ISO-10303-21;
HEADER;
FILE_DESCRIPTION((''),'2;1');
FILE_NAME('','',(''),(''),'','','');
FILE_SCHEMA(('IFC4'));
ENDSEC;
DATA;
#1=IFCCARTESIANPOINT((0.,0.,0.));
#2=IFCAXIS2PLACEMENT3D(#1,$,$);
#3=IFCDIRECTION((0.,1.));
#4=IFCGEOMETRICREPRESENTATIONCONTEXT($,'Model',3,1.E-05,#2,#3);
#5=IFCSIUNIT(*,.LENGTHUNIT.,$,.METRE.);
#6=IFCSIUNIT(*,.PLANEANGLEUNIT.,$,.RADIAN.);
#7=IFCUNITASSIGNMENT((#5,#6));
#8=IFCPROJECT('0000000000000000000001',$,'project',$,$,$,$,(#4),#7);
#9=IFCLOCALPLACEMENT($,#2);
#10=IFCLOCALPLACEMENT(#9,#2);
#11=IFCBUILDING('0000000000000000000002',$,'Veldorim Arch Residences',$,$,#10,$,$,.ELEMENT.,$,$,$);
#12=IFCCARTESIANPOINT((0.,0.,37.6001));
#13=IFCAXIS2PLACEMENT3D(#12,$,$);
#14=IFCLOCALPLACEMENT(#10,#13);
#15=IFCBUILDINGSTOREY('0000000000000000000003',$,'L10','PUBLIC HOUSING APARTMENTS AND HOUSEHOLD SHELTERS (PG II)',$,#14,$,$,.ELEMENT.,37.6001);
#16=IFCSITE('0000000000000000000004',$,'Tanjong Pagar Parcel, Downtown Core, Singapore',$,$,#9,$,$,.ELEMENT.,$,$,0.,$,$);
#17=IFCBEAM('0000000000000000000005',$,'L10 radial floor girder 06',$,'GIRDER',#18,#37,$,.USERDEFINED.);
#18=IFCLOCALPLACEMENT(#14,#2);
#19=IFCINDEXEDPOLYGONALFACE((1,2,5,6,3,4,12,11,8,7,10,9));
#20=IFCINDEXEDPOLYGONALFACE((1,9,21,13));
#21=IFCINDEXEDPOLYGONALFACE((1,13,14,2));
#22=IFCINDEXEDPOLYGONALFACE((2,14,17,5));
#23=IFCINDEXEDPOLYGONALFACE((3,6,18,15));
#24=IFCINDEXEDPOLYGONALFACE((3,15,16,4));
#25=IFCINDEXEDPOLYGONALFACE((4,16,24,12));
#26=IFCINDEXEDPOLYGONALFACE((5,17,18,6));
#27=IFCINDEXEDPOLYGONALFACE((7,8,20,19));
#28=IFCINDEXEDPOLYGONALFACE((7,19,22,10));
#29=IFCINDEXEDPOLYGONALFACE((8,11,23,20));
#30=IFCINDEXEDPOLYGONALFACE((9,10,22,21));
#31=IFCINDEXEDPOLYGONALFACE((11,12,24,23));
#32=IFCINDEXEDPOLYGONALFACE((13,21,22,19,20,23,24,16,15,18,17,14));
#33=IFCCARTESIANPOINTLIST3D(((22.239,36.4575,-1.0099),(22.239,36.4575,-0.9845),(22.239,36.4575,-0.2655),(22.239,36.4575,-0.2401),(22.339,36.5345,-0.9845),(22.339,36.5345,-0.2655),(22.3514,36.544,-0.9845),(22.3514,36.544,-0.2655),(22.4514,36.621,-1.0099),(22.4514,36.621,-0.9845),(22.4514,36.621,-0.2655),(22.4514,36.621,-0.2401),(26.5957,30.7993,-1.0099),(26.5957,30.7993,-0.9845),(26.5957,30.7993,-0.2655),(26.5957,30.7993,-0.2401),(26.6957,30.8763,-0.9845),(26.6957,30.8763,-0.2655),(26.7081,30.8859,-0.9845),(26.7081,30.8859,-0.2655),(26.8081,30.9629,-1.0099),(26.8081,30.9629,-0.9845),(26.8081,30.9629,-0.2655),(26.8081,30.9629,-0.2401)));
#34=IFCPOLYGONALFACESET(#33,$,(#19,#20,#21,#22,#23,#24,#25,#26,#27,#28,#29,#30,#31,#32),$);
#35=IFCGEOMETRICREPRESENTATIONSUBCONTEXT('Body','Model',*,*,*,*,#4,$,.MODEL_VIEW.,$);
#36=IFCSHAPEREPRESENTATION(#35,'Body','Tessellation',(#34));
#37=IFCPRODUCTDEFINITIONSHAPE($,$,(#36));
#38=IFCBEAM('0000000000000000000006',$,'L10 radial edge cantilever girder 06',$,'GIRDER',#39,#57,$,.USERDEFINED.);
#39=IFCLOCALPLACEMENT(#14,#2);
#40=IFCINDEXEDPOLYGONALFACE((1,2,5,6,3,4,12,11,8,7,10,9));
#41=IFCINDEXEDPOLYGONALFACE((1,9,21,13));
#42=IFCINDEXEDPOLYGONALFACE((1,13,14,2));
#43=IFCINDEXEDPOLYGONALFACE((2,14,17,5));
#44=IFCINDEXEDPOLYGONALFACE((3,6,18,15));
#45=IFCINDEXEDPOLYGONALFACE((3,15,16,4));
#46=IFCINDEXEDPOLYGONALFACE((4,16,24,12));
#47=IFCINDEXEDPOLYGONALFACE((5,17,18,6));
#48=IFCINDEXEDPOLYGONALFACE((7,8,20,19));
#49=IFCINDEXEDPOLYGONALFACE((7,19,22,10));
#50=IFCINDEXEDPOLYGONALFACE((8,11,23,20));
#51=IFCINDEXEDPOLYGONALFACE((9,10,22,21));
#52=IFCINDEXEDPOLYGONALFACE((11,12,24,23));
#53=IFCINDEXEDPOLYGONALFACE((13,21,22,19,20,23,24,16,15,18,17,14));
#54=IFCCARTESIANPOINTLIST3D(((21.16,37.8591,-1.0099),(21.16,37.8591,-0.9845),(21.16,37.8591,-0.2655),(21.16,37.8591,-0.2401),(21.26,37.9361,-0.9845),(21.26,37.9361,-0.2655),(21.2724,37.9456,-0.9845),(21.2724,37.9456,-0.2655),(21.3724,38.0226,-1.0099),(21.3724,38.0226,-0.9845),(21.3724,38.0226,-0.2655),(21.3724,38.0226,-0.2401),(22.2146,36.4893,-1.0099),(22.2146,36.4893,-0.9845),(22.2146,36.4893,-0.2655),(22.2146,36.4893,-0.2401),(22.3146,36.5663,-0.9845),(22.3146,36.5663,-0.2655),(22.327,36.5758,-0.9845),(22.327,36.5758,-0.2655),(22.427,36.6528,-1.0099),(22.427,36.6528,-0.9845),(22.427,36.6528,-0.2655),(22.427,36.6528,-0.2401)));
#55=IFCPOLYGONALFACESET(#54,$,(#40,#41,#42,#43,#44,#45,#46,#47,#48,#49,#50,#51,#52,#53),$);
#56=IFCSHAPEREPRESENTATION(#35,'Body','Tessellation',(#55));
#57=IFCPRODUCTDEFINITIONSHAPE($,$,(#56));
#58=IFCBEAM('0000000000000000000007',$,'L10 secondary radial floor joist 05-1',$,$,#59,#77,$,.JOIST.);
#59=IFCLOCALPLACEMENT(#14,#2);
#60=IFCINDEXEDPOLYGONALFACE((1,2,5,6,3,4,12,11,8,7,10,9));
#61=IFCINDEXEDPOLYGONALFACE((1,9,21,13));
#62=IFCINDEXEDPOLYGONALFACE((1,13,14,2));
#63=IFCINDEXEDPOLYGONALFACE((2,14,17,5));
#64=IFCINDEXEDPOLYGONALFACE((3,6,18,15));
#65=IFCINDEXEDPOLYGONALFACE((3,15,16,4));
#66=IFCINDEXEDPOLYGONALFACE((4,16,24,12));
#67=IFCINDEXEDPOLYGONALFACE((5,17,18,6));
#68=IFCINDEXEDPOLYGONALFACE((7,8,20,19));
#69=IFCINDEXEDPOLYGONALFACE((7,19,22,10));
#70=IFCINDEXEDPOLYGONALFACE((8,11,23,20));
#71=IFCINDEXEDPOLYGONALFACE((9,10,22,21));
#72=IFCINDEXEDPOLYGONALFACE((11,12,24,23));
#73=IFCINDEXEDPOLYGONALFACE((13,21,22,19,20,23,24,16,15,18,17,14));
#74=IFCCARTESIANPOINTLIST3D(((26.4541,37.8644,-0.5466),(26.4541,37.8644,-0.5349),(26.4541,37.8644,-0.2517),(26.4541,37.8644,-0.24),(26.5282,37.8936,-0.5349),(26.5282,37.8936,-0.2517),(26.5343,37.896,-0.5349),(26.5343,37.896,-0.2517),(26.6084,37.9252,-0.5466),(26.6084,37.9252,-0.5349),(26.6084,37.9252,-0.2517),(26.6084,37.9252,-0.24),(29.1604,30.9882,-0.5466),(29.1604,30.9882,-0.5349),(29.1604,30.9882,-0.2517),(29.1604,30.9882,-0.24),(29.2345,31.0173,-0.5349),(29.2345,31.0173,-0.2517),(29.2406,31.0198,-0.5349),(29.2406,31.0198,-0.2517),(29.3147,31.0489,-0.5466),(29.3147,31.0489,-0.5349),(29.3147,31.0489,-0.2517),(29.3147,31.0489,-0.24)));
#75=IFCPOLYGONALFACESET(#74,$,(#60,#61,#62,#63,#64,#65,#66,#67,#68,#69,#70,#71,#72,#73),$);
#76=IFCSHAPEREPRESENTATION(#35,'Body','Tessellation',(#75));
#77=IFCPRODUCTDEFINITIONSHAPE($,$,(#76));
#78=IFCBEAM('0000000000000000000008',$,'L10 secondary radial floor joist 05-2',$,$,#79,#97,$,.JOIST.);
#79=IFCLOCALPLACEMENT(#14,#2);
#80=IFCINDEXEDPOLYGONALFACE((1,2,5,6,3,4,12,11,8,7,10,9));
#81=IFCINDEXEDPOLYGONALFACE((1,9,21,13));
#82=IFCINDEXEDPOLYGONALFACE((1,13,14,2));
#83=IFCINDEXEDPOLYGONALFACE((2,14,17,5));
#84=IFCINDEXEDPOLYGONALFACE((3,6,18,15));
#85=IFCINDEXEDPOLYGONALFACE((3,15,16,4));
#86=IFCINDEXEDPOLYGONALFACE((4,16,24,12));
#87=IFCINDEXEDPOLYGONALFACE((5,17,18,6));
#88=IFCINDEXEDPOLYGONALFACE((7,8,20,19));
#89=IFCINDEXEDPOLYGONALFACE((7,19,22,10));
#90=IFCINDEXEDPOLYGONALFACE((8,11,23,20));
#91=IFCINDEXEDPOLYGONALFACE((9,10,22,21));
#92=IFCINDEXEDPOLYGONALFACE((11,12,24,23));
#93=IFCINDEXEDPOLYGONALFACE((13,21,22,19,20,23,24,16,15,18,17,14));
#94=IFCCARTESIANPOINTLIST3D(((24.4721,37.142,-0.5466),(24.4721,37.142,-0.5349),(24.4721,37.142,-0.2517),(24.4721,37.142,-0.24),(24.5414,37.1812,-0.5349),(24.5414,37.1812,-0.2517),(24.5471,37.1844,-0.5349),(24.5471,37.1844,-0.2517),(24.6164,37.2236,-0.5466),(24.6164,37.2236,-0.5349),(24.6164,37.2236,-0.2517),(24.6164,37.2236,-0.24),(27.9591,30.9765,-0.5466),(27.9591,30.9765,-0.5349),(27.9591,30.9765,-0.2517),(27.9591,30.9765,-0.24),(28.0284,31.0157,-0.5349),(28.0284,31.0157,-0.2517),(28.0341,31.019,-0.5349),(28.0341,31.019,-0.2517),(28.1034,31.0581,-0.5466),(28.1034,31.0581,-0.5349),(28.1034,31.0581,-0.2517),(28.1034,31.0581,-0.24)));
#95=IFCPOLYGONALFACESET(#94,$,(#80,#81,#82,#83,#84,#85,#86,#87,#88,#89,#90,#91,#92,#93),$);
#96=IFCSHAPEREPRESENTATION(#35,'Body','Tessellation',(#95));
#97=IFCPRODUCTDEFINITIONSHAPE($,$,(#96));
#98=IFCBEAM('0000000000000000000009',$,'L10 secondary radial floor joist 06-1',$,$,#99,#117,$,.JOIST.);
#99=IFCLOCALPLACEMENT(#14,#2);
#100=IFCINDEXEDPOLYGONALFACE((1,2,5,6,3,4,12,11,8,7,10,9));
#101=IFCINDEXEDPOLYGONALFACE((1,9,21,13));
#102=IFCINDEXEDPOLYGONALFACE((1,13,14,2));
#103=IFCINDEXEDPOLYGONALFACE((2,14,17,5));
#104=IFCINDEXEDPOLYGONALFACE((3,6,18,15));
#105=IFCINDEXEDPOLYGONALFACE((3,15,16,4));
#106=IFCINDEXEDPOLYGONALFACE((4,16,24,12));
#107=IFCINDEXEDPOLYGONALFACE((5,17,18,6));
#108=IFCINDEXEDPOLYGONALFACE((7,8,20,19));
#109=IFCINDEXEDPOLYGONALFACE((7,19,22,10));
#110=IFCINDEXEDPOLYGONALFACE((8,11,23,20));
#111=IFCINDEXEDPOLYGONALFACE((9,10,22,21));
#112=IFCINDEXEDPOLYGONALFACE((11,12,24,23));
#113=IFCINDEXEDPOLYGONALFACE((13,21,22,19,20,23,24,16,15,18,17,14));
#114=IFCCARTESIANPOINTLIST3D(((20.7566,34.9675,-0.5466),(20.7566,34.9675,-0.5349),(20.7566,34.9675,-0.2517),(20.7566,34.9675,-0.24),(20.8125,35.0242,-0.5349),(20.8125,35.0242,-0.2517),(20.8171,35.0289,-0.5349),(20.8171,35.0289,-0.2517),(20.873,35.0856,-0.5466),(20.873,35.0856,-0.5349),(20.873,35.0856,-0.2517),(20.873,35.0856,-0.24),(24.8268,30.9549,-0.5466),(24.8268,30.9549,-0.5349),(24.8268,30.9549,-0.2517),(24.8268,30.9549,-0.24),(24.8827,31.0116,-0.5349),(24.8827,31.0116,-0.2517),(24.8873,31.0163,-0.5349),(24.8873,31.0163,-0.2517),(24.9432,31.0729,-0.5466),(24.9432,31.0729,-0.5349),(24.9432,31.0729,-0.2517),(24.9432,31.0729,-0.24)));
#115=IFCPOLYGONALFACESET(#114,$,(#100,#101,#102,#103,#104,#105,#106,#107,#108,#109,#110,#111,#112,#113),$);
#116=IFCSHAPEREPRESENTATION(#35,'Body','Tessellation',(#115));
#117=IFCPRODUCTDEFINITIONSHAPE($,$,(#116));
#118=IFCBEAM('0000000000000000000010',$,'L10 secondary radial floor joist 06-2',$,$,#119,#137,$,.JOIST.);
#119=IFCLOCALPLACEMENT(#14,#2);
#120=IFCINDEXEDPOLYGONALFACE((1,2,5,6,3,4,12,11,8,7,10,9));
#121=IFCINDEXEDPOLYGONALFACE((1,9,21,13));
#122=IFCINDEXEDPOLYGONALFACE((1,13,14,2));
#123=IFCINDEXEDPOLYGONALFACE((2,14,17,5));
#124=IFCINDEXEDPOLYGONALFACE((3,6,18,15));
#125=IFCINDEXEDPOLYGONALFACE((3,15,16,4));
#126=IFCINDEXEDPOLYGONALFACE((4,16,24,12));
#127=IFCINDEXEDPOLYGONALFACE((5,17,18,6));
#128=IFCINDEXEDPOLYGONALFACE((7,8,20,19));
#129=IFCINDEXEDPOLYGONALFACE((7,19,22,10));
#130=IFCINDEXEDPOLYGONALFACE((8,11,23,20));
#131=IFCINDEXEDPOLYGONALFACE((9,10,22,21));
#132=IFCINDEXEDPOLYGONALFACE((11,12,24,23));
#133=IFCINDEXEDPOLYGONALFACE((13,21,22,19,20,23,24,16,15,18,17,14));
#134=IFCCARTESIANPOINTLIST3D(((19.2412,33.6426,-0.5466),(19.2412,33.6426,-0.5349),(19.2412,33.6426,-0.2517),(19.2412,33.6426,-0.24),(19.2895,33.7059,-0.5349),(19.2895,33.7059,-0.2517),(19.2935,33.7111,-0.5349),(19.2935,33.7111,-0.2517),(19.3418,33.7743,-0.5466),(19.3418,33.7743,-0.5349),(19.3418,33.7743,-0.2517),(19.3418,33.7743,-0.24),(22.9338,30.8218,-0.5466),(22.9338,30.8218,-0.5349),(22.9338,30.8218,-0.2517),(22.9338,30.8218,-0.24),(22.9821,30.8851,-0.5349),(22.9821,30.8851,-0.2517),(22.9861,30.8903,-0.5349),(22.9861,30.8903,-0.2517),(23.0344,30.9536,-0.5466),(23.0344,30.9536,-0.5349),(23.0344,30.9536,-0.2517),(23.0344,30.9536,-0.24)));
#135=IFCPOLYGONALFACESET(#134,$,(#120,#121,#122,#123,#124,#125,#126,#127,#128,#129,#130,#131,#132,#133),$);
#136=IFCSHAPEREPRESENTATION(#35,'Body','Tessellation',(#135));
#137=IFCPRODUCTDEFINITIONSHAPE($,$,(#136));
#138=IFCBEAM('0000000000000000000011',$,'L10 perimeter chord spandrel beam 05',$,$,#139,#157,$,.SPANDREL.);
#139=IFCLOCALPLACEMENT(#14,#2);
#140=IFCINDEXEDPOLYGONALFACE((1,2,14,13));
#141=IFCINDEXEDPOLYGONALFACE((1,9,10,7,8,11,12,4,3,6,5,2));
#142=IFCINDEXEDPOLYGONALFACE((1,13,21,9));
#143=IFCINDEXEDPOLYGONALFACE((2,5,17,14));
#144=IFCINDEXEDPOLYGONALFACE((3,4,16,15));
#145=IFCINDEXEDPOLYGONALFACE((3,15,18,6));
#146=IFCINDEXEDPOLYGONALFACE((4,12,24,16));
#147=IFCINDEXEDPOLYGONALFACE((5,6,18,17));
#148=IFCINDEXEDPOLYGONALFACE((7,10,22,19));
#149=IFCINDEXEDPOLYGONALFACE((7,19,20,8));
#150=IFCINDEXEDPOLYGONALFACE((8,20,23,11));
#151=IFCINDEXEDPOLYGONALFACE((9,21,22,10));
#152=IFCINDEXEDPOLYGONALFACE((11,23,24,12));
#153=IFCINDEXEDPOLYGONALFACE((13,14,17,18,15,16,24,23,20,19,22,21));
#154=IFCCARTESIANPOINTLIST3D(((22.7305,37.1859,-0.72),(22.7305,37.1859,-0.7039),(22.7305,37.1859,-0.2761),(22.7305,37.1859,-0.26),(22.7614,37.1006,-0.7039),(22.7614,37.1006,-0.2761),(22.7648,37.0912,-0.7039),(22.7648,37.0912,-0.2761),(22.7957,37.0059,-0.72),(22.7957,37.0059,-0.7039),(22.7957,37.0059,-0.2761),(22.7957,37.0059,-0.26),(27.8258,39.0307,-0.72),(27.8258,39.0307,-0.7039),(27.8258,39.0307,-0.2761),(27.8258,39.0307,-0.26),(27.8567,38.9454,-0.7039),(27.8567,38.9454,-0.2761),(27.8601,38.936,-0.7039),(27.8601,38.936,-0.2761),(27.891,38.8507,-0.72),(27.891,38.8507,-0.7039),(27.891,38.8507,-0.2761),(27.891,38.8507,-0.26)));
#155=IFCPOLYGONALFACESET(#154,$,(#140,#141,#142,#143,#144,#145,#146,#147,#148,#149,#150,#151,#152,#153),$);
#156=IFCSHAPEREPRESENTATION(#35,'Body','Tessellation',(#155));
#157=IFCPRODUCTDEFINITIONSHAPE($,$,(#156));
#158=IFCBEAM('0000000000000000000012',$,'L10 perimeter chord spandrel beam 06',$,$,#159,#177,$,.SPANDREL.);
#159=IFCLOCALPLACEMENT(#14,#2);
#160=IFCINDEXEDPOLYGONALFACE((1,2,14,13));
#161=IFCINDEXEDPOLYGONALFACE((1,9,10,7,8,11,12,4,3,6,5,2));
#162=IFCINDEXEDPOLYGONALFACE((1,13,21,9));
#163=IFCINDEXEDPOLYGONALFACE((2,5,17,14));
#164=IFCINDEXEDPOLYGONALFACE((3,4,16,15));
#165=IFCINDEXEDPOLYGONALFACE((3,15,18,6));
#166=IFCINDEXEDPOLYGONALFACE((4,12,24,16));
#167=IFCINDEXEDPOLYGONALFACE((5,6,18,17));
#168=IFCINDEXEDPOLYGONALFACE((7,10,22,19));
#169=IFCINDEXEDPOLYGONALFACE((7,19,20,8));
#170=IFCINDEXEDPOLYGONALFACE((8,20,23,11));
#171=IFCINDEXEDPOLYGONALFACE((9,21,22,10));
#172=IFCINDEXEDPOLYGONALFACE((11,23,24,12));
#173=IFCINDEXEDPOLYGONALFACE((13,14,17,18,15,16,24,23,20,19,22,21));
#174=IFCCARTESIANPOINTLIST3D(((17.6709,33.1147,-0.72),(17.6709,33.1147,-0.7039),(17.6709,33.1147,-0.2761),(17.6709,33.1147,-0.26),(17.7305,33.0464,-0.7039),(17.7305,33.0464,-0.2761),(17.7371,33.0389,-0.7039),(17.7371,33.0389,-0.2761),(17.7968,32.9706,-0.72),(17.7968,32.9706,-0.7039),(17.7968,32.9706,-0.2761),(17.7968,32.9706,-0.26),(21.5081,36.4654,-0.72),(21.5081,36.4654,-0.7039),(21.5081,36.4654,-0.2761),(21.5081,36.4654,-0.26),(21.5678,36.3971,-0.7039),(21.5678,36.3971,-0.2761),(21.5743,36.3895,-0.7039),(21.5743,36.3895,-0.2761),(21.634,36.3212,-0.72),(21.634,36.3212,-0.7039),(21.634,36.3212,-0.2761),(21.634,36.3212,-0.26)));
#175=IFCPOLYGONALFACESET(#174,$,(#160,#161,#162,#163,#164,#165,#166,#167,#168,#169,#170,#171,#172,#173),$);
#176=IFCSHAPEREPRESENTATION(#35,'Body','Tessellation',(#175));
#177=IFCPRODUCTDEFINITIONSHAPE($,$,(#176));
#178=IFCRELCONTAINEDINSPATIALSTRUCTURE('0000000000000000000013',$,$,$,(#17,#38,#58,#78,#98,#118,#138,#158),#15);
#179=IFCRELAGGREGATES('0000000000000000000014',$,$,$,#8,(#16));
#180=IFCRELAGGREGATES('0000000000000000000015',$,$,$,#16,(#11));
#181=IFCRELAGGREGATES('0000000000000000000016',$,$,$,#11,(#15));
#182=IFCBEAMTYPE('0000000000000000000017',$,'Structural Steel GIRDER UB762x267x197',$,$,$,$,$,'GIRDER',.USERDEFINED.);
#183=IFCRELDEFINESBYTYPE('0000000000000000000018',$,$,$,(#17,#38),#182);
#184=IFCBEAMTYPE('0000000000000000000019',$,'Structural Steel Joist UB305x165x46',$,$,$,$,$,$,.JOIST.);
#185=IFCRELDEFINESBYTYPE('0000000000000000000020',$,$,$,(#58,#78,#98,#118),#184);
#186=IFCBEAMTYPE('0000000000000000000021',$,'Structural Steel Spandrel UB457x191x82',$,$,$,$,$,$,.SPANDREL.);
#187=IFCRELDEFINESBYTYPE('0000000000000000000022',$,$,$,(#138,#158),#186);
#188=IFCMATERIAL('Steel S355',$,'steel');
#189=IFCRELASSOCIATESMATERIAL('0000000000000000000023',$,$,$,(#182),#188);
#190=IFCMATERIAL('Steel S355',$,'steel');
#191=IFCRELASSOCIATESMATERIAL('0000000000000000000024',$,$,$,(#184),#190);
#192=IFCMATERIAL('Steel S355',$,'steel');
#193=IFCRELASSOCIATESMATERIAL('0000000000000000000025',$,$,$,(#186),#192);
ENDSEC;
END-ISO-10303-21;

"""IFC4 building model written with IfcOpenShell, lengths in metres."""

from ifc_helpers import new_model, si_unit, direction, frame, origin, origin_2d, place, context, subcontext, project, spatial, i_section, extrude, material, material_profile, profile_set, type_object, element, save


model = new_model("IFC4")

# Units and contexts
model_context = context("Model", 3, precision=1e-05, world=origin(), true_north=direction((0.0, 1.0)))
body_context = subcontext(model_context, "Body", "Model", "MODEL_VIEW")
ifc_project = project(units=[si_unit("LENGTHUNIT", "METRE"), si_unit("PLANEANGLEUNIT", "RADIAN")], contexts=[model_context])

# Site, building, storey
site_placement = place(None, origin())
site = spatial("IfcSite", under=ifc_project, at=site_placement, Name="Tanjong Pagar Parcel, Downtown Core, Singapore", CompositionType="ELEMENT", RefElevation=0.0)
building_placement = place(site_placement, origin())
building = spatial("IfcBuilding", under=site, at=building_placement, Name="Veldorim Arch Residences", CompositionType="ELEMENT")
storey_placement = place(building_placement, frame((0.0, 0.0, 37.6001)))
storey = spatial("IfcBuildingStorey", under=building, at=storey_placement, Name="L10", Description="PUBLIC HOUSING APARTMENTS AND HOUSEHOLD SHELTERS (PG II)", CompositionType="ELEMENT", Elevation=37.6001)

# Beams
ifc_material_1 = material(Name="Steel S355", Category="steel")
ifc_material_profile_1 = material_profile(ifc_material_1, i_section(OverallWidth=0.2681, OverallDepth=0.7698, WebThickness=0.0156, FlangeThickness=0.0254, at=origin_2d()), Name="UB762x267x197")
ifc_profile_set_1 = profile_set([ifc_material_profile_1], Name="Steel S355")
beam_type_1 = type_object("IfcBeamType", Name="Structural Steel GIRDER UB762x267x197", ElementType="GIRDER", PredefinedType="USERDEFINED", material=ifc_profile_set_1)
beam_1_placement = place(storey_placement, frame((26.7019, 30.8811, -0.625), z_axis=(-0.610082, 0.792338, 0.0), x_axis=(-0.792338, -0.610082, 0.0)))
element("IfcBeam", 1, at=beam_1_placement, inside=storey, type_object=beam_type_1, Name="L10 radial floor girder 06", ObjectType="GIRDER", PredefinedType="USERDEFINED", context=body_context, shape_type="SweptSolid", body=[
    extrude(i_section(OverallWidth=0.2681, OverallDepth=0.7698, WebThickness=0.0156, FlangeThickness=0.0254, at=origin_2d()), origin(), (0.0, 0.0, 1.0), 7.1411),
])
beam_2_placement = place(storey_placement, frame((22.3208, 36.571, -0.625), z_axis=(-0.610052, 0.792361, 0.0), x_axis=(-0.792361, -0.610052, 0.0)))
element("IfcBeam", 2, at=beam_2_placement, inside=storey, type_object=beam_type_1, Name="L10 radial edge cantilever girder 06", ObjectType="GIRDER", PredefinedType="USERDEFINED", context=body_context, shape_type="SweptSolid", body=[
    extrude(i_section(OverallWidth=0.2681, OverallDepth=0.7698, WebThickness=0.0156, FlangeThickness=0.0254, at=origin_2d()), origin(), (0.0, 0.0, 1.0), 1.7288),
])
ifc_material_2 = material(Name="Steel S355", Category="steel")
ifc_material_profile_2 = material_profile(ifc_material_2, i_section(OverallWidth=0.1658, OverallDepth=0.3066, WebThickness=0.0066, FlangeThickness=0.0117, at=origin_2d()), Name="UB305x165x46")
ifc_profile_set_2 = profile_set([ifc_material_profile_2], Name="Steel S355")
beam_type_2 = type_object("IfcBeamType", Name="Structural Steel Joist UB305x165x46", PredefinedType="JOIST", material=ifc_profile_set_2)
beam_3_placement = place(storey_placement, frame((29.2375, 31.0186, -0.3933), z_axis=(-0.36623, 0.930524, 0.0), x_axis=(-0.930524, -0.36623, 0.0)))
element("IfcBeam", 3, at=beam_3_placement, inside=storey, type_object=beam_type_2, Name="L10 secondary radial floor joist 05-1", PredefinedType="JOIST", context=body_context, shape_type="SweptSolid", body=[
    extrude(i_section(OverallWidth=0.1658, OverallDepth=0.3066, WebThickness=0.0066, FlangeThickness=0.0117, at=origin_2d()), origin(), (0.0, 0.0, 1.0), 7.3896),
])
beam_4_placement = place(storey_placement, frame((28.0312, 31.0173, -0.3933), z_axis=(-0.492292, 0.87043, 0.0), x_axis=(-0.87043, -0.492292, 0.0)))
element("IfcBeam", 4, at=beam_4_placement, inside=storey, type_object=beam_type_2, Name="L10 secondary radial floor joist 05-2", PredefinedType="JOIST", context=body_context, shape_type="SweptSolid", body=[
    extrude(i_section(OverallWidth=0.1658, OverallDepth=0.3066, WebThickness=0.0066, FlangeThickness=0.0117, at=origin_2d()), origin(), (0.0, 0.0, 1.0), 7.0833),
])
beam_5_placement = place(storey_placement, frame((24.885, 31.0139, -0.3933), z_axis=(-0.712129, 0.702049, 0.0), x_axis=(-0.702049, -0.712129, 0.0)))
element("IfcBeam", 5, at=beam_5_placement, inside=storey, type_object=beam_type_2, Name="L10 secondary radial floor joist 06-1", PredefinedType="JOIST", context=body_context, shape_type="SweptSolid", body=[
    extrude(i_section(OverallWidth=0.1658, OverallDepth=0.3066, WebThickness=0.0066, FlangeThickness=0.0117, at=origin_2d()), origin(), (0.0, 0.0, 1.0), 5.7156),
])
beam_6_placement = place(storey_placement, frame((22.9841, 30.8877, -0.3933), z_axis=(-0.794666, 0.607046, 0.0), x_axis=(-0.607046, -0.794666, 0.0)))
element("IfcBeam", 6, at=beam_6_placement, inside=storey, type_object=beam_type_2, Name="L10 secondary radial floor joist 06-2", PredefinedType="JOIST", context=body_context, shape_type="SweptSolid", body=[
    extrude(i_section(OverallWidth=0.1658, OverallDepth=0.3066, WebThickness=0.0066, FlangeThickness=0.0117, at=origin_2d()), origin(), (0.0, 0.0, 1.0), 4.6467),
])
ifc_material_3 = material(Name="Steel S355", Category="steel")
ifc_material_profile_3 = material_profile(ifc_material_3, i_section(OverallWidth=0.1914, OverallDepth=0.46, WebThickness=0.01, FlangeThickness=0.0161, at=origin_2d()), Name="UB457x191x82")
ifc_profile_set_3 = profile_set([ifc_material_profile_3], Name="Steel S355")
beam_type_3 = type_object("IfcBeamType", Name="Structural Steel Spandrel UB457x191x82", PredefinedType="SPANDREL", material=ifc_profile_set_3)
beam_7_placement = place(storey_placement, frame((27.8584, 38.9407, -0.49), z_axis=(-0.940271, -0.340426, 0.0), x_axis=(0.340426, -0.940271, 0.0)))
element("IfcBeam", 7, at=beam_7_placement, inside=storey, type_object=beam_type_3, Name="L10 perimeter chord spandrel beam 05", PredefinedType="SPANDREL", context=body_context, shape_type="SweptSolid", body=[
    extrude(i_section(OverallWidth=0.1914, OverallDepth=0.46, WebThickness=0.01, FlangeThickness=0.0161, at=origin_2d()), origin(), (0.0, 0.0, 1.0), 5.4189),
])
beam_8_placement = place(storey_placement, frame((21.571, 36.3933, -0.49), z_axis=(-0.75325, -0.657734, 0.0), x_axis=(0.657734, -0.75325, 0.0)))
element("IfcBeam", 8, at=beam_8_placement, inside=storey, type_object=beam_type_3, Name="L10 perimeter chord spandrel beam 06", PredefinedType="SPANDREL", context=body_context, shape_type="SweptSolid", body=[
    extrude(i_section(OverallWidth=0.1914, OverallDepth=0.46, WebThickness=0.01, FlangeThickness=0.0161, at=origin_2d()), origin(), (0.0, 0.0, 1.0), 5.0942),
])

save(model, "model.ifc")
